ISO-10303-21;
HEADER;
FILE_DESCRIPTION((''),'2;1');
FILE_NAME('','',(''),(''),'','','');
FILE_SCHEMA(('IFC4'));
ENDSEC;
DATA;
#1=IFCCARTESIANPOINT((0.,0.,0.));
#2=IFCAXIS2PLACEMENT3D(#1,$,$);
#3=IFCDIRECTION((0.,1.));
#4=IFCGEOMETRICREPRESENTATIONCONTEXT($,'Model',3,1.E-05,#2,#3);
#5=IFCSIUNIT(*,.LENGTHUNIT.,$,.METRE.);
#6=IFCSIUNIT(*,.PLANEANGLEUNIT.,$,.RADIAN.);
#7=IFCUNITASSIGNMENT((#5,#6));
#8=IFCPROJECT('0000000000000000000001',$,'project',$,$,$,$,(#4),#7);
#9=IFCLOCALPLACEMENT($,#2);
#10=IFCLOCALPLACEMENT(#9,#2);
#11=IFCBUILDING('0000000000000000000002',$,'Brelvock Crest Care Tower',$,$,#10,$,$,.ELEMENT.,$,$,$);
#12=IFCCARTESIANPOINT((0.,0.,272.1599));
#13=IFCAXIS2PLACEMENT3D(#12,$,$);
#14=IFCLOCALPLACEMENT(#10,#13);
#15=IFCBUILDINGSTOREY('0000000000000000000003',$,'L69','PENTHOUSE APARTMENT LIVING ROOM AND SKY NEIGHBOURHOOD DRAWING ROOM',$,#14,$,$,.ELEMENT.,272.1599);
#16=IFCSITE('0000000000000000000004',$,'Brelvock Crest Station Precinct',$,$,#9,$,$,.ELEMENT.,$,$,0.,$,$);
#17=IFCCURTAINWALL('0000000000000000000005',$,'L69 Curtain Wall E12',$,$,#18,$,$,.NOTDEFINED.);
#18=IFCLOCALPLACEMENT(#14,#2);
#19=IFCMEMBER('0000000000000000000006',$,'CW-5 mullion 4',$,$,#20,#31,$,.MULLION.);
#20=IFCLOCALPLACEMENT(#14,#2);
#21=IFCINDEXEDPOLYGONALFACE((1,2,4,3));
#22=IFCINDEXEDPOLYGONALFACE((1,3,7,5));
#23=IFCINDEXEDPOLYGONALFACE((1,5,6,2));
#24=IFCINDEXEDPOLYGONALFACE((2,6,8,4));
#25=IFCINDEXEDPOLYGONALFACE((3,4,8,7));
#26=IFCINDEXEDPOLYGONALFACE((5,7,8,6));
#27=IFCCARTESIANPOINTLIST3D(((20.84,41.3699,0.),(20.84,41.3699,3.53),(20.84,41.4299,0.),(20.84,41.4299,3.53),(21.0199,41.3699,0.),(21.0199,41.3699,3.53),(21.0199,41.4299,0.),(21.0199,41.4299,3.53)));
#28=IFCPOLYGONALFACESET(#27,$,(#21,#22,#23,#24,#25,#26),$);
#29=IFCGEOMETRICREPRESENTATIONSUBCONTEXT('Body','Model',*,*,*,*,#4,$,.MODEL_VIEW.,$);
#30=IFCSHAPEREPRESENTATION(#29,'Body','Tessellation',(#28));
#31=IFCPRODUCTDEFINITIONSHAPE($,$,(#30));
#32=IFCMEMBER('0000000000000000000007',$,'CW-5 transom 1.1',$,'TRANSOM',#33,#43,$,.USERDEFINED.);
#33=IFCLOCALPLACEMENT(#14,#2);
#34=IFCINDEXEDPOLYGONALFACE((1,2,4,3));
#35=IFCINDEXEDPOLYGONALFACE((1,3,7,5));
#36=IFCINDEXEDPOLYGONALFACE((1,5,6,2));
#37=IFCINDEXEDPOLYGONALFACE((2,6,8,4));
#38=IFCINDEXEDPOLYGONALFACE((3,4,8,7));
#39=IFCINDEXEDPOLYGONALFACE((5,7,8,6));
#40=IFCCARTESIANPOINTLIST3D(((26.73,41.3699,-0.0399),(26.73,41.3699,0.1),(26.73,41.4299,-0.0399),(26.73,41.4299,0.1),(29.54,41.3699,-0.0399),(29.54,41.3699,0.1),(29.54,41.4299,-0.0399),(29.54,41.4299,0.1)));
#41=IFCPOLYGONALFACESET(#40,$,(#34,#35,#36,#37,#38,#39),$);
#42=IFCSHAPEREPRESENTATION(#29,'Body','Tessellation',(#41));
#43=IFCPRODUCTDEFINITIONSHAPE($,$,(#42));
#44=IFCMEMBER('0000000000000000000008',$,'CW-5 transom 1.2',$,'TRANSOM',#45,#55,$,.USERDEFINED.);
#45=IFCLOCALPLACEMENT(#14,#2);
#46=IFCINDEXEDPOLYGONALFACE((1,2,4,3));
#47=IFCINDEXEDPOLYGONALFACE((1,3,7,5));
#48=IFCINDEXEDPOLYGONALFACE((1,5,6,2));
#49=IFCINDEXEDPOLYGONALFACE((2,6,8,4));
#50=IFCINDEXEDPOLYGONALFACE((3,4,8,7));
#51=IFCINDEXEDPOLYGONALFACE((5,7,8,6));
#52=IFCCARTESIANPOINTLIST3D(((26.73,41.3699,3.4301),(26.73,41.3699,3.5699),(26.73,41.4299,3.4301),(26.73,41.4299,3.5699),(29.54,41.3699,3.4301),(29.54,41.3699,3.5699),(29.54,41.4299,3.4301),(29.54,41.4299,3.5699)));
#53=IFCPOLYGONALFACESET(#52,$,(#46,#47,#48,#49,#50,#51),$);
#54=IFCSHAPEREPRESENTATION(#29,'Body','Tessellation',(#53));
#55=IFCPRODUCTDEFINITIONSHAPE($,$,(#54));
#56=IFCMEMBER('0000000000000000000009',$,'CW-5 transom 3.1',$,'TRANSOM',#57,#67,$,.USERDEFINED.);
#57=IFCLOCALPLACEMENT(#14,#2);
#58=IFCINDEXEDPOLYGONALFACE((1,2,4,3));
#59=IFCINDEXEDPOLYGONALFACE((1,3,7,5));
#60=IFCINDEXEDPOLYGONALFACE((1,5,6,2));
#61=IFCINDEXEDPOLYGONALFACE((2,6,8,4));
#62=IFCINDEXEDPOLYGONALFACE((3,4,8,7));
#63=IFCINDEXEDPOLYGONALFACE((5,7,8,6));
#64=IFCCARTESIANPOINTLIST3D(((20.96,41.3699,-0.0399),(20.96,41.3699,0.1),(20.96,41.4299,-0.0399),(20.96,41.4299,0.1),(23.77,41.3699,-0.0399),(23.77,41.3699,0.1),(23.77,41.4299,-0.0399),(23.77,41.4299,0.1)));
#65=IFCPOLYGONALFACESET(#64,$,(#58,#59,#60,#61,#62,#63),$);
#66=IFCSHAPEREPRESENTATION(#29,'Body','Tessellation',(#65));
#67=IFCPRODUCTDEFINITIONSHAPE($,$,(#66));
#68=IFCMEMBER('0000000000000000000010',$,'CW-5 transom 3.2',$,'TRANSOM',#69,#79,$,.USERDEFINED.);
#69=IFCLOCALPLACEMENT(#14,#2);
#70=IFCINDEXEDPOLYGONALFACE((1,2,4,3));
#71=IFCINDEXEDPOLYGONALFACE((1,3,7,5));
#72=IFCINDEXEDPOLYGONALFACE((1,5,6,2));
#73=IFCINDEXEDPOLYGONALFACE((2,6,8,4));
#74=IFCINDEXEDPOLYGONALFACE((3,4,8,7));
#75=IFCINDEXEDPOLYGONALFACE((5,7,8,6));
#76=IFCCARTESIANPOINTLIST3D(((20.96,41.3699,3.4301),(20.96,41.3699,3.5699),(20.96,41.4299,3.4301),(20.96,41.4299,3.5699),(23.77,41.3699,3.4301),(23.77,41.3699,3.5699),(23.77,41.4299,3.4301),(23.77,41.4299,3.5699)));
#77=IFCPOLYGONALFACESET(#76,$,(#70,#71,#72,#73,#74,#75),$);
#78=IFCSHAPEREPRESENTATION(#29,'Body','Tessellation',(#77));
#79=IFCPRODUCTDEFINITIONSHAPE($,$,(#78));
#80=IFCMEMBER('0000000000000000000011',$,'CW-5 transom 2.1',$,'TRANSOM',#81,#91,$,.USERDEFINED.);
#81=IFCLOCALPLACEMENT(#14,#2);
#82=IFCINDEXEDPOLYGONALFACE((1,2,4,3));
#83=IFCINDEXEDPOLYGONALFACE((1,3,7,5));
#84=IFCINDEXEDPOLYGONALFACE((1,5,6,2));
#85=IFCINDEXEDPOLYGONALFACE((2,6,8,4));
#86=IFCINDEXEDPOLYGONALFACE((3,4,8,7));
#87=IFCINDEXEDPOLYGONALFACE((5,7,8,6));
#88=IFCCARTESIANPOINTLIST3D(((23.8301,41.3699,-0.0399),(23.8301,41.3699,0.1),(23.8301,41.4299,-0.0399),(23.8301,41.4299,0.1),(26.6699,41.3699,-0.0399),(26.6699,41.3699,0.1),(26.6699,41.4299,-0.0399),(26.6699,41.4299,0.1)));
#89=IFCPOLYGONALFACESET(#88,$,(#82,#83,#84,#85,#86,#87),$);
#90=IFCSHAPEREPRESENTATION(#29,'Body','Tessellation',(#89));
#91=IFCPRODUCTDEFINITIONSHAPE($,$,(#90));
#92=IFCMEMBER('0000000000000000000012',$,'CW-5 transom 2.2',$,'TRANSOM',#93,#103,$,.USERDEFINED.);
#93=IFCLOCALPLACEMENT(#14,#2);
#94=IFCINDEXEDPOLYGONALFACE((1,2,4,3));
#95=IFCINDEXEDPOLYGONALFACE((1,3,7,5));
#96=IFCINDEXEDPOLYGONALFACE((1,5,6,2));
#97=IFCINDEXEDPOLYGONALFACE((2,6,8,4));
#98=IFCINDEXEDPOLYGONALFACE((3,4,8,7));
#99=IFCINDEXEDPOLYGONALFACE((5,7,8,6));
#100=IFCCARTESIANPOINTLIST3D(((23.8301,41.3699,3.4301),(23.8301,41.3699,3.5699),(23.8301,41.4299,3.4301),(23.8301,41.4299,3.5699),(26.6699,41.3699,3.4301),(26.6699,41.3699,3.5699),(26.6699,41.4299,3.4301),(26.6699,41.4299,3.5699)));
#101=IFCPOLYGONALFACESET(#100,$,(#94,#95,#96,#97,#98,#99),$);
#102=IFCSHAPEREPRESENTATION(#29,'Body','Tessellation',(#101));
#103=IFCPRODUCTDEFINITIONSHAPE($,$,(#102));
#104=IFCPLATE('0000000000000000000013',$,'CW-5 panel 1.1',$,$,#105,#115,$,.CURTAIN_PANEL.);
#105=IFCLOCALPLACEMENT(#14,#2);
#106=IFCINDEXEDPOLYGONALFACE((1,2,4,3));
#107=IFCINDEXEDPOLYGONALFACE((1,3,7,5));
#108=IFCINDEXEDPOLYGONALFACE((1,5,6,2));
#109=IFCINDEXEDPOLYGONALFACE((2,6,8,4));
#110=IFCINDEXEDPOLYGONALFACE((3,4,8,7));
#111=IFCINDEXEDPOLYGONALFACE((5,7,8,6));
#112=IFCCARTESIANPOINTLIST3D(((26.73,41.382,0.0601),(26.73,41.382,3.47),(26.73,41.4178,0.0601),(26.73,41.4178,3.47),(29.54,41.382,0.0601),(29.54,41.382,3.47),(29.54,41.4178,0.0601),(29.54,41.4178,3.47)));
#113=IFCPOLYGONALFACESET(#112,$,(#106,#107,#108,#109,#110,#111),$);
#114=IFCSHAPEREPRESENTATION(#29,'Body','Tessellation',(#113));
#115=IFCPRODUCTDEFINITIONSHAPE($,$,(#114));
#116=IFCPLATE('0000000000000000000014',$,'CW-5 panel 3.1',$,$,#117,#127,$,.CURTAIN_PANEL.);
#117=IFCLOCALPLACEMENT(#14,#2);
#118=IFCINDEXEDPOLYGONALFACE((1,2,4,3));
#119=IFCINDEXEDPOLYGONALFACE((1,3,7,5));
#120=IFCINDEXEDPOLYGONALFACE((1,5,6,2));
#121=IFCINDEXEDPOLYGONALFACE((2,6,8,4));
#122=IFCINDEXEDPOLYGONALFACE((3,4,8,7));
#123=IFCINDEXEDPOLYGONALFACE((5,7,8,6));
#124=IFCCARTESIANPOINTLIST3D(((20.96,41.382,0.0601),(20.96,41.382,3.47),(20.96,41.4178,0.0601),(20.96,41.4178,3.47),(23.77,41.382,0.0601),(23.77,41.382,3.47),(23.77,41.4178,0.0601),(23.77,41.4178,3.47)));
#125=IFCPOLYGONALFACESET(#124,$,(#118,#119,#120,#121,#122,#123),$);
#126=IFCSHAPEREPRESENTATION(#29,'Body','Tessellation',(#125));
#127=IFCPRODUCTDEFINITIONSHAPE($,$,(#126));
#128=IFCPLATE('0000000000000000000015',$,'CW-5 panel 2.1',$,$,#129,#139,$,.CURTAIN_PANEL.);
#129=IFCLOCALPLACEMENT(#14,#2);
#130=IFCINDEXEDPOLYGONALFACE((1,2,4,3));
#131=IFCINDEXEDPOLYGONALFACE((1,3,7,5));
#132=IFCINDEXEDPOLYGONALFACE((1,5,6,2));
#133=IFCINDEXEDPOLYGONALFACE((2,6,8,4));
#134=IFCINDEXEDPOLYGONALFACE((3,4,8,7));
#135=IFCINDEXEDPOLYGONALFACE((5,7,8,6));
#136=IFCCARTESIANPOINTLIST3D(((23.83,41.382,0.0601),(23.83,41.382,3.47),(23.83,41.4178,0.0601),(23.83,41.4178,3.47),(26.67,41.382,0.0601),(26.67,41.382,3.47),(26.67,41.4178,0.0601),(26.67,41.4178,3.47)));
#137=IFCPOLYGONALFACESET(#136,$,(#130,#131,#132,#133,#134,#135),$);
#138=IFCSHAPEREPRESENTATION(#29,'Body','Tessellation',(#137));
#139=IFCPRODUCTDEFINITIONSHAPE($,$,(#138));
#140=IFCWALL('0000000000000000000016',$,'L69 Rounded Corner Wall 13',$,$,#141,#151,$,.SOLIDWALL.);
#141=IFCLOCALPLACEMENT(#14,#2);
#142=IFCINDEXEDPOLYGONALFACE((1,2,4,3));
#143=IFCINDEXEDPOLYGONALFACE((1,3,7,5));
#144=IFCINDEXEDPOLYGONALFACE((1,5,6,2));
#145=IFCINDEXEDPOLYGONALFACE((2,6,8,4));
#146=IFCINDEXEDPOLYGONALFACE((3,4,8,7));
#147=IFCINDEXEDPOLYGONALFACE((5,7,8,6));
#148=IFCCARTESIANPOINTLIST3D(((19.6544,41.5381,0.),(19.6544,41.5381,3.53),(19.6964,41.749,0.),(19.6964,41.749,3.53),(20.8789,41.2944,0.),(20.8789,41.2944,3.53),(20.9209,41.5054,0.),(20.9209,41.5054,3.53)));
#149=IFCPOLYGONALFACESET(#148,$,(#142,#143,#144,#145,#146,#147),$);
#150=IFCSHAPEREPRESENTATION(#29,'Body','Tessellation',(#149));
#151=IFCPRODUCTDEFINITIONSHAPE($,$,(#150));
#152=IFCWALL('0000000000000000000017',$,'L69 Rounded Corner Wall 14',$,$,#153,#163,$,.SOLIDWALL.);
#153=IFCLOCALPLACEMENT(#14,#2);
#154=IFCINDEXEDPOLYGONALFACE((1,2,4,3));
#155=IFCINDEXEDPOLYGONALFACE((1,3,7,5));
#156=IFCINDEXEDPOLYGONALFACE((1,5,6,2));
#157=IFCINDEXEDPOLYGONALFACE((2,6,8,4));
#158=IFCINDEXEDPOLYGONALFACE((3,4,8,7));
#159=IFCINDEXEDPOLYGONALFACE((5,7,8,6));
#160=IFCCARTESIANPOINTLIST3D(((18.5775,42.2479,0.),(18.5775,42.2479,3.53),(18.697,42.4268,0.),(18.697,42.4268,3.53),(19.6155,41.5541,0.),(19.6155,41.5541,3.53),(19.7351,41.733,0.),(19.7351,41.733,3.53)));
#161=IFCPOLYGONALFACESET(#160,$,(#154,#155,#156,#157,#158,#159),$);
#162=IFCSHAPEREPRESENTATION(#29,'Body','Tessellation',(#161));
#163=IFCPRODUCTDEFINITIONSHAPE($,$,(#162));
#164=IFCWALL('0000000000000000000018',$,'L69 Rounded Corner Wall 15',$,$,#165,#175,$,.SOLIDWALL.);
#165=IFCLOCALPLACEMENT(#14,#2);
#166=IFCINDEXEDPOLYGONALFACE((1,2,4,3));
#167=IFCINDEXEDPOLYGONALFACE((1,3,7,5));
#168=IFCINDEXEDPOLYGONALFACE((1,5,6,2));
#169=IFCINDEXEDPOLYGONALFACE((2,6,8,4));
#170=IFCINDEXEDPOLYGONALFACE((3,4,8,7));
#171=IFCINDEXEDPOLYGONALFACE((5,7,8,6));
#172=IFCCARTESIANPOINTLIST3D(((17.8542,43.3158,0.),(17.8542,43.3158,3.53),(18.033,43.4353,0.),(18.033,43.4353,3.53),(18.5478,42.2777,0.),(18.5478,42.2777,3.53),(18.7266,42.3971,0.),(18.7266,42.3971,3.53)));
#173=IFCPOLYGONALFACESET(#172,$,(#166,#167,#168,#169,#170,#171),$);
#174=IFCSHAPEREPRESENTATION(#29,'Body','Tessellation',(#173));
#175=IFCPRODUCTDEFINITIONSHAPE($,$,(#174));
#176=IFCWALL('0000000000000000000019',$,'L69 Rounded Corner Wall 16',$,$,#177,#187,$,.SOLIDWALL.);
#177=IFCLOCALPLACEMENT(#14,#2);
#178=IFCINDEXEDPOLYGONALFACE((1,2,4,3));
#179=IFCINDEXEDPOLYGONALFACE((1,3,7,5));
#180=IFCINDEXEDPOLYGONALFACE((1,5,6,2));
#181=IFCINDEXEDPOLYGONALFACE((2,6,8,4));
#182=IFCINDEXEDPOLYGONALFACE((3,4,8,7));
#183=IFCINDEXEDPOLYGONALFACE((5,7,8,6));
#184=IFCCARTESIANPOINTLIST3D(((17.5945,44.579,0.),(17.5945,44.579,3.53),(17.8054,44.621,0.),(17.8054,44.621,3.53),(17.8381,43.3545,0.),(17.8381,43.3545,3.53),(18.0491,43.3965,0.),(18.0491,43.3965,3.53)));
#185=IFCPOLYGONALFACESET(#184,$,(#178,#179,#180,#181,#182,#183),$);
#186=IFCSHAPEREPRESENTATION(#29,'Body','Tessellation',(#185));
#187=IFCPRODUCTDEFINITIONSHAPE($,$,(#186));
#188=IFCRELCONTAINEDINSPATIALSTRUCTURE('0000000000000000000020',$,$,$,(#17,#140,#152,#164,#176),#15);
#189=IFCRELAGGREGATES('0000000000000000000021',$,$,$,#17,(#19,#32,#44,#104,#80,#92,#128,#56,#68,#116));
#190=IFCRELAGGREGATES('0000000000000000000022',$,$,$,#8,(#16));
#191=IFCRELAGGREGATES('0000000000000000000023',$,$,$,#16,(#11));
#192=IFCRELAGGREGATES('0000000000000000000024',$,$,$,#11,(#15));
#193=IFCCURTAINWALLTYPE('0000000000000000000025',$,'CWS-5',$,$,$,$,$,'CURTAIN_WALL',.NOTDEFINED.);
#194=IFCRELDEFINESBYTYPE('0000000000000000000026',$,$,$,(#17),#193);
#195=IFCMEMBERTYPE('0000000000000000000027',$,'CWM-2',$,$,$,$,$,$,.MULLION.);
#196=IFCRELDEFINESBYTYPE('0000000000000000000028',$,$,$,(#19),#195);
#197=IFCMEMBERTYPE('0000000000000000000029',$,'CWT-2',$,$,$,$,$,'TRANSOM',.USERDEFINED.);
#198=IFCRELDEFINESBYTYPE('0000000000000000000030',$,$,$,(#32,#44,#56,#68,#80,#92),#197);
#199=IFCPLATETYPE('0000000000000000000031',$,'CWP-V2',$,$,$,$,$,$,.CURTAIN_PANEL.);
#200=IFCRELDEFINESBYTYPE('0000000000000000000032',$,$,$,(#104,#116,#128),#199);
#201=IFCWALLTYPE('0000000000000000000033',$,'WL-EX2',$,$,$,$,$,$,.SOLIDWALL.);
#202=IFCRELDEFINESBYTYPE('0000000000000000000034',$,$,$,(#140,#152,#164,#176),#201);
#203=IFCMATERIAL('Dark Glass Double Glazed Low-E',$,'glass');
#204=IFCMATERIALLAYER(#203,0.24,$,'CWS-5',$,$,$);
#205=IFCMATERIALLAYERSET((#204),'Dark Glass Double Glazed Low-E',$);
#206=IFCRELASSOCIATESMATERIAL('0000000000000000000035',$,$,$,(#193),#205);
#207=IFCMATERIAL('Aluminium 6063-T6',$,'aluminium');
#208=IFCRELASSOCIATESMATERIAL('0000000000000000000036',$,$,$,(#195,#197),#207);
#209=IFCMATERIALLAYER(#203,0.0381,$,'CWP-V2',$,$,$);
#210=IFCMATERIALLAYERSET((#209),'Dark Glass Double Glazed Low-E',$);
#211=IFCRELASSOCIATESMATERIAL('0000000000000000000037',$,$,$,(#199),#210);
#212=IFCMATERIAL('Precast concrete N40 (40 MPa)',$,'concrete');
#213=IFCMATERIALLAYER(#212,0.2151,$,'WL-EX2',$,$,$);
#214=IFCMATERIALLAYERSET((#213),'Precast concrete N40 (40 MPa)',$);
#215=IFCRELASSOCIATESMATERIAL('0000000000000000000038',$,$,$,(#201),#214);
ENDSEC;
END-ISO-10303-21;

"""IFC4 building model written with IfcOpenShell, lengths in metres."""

from ifc_helpers import new_model, si_unit, direction, frame, frame_2d, origin, origin_2d, place, context, subcontext, project, spatial, rectangle, extrude, source, transform, mapped, material, layer, layer_set, material_profile, profile_set, type_object, element, aggregate, save


model = new_model("IFC4")

# Units and contexts
model_context = context("Model", 3, precision=1e-05, world=origin(), true_north=direction((0.0, 1.0)))
body_context = subcontext(model_context, "Body", "Model", "MODEL_VIEW")
ifc_project = project(units=[si_unit("LENGTHUNIT", "METRE"), si_unit("PLANEANGLEUNIT", "RADIAN")], contexts=[model_context])

# Site, building, storey
site_placement = place(None, origin())
site = spatial("IfcSite", under=ifc_project, at=site_placement, Name="Brelvock Crest Station Precinct", CompositionType="ELEMENT", RefElevation=0.0)
building_placement = place(site_placement, origin())
building = spatial("IfcBuilding", under=site, at=building_placement, Name="Brelvock Crest Care Tower", CompositionType="ELEMENT")
storey_placement = place(building_placement, frame((0.0, 0.0, 272.1599)))
storey = spatial("IfcBuildingStorey", under=building, at=storey_placement, Name="L69", Description="PENTHOUSE APARTMENT LIVING ROOM AND SKY NEIGHBOURHOOD DRAWING ROOM", CompositionType="ELEMENT", Elevation=272.1599)

# Shared definitions
ifc_material_1 = material(Name="Dark Glass Double Glazed Low-E", Category="glass")
ifc_layer_1 = layer(ifc_material_1, 0.24, Name="CWS-5")
ifc_layer_set_1 = layer_set([ifc_layer_1], Name="Dark Glass Double Glazed Low-E")
curtain_wall_type = type_object("IfcCurtainWallType", Name="CWS-5", ElementType="CURTAIN_WALL", PredefinedType="NOTDEFINED", material=ifc_layer_set_1)
ifc_material_2 = material(Name="Aluminium 6063-T6", Category="aluminium")
ifc_material_profile_1 = material_profile(ifc_material_2, rectangle(XDim=0.0601, YDim=0.1799, at=origin_2d()), Name="ALU60x180")
ifc_profile_set_1 = profile_set([ifc_material_profile_1], Name="Aluminium 6063-T6")
member_type_1 = type_object("IfcMemberType", Name="CWM-2", PredefinedType="MULLION", material=ifc_profile_set_1)
shared_shape_1 = source(origin(), body_context, "Body", "SweptSolid", [
    extrude(rectangle(XDim=0.0601, YDim=0.1799, at=origin_2d()), origin(), (0.0, 0.0, 1.0), 3.53),
])

# Curtain wall, members, plates
curtain_wall_1_placement = place(storey_placement, origin())
curtain_wall_1 = element("IfcCurtainWall", 1, at=curtain_wall_1_placement, inside=storey, type_object=curtain_wall_type, Name="L69 Curtain Wall E12", PredefinedType="NOTDEFINED")
member_1_placement = place(storey_placement, frame((20.9299, 41.3999, 0.0), z_axis=(0.0, 0.0, 1.0), x_axis=(0.0, -1.0, 0.0)))
member_1 = element("IfcMember", 2, at=member_1_placement, type_object=member_type_1, Name="CW-5 mullion 4", PredefinedType="MULLION", context=body_context, shape_type="MappedRepresentation", body=[
    mapped(shared_shape_1, transform((0.0, 0.0, 0.0), x_axis=(1.0, 0.0, 0.0), y_axis=(0.0, 1.0, 0.0), z_axis=(0.0, 0.0, 1.0), scale=1.0)),
])
ifc_material_profile_2 = material_profile(ifc_material_2, rectangle(XDim=0.0601, YDim=0.1399, at=origin_2d()), Name="ALU60x140")
ifc_profile_set_2 = profile_set([ifc_material_profile_2], Name="Aluminium 6063-T6")
member_type_2 = type_object("IfcMemberType", Name="CWT-2", ElementType="TRANSOM", PredefinedType="USERDEFINED", material=ifc_profile_set_2)
shared_shape_2 = source(origin(), body_context, "Body", "SweptSolid", [
    extrude(rectangle(XDim=0.0601, YDim=0.1399, at=origin_2d()), origin(), (0.0, 0.0, 1.0), 2.8101),
])
member_2_placement = place(storey_placement, frame((29.54, 41.3999, 0.03), z_axis=(-1.0, 0.0, 0.0), x_axis=(0.0, -1.0, 0.0)))
member_2 = element("IfcMember", 3, at=member_2_placement, type_object=member_type_2, Name="CW-5 transom 1.1", ObjectType="TRANSOM", PredefinedType="USERDEFINED", context=body_context, shape_type="MappedRepresentation", body=[
    mapped(shared_shape_2, transform((0.0, 0.0, 0.0), x_axis=(1.0, 0.0, 0.0), y_axis=(0.0, 1.0, 0.0), z_axis=(0.0, 0.0, 1.0), scale=1.0)),
])
member_3_placement = place(storey_placement, frame((29.54, 41.3999, 3.5), z_axis=(-1.0, 0.0, 0.0), x_axis=(0.0, -1.0, 0.0)))
member_3 = element("IfcMember", 4, at=member_3_placement, type_object=member_type_2, Name="CW-5 transom 1.2", ObjectType="TRANSOM", PredefinedType="USERDEFINED", context=body_context, shape_type="MappedRepresentation", body=[
    mapped(shared_shape_2, transform((0.0, 0.0, 0.0), x_axis=(1.0, 0.0, 0.0), y_axis=(0.0, 1.0, 0.0), z_axis=(0.0, 0.0, 1.0), scale=1.0)),
])
member_4_placement = place(storey_placement, frame((23.77, 41.3999, 0.03), z_axis=(-1.0, 0.0, 0.0), x_axis=(0.0, -1.0, 0.0)))
member_4 = element("IfcMember", 5, at=member_4_placement, type_object=member_type_2, Name="CW-5 transom 3.1", ObjectType="TRANSOM", PredefinedType="USERDEFINED", context=body_context, shape_type="MappedRepresentation", body=[
    mapped(shared_shape_2, transform((0.0, 0.0, 0.0), x_axis=(1.0, 0.0, 0.0), y_axis=(0.0, 1.0, 0.0), z_axis=(0.0, 0.0, 1.0), scale=1.0)),
])
member_5_placement = place(storey_placement, frame((23.77, 41.3999, 3.5), z_axis=(-1.0, 0.0, 0.0), x_axis=(0.0, -1.0, 0.0)))
member_5 = element("IfcMember", 6, at=member_5_placement, type_object=member_type_2, Name="CW-5 transom 3.2", ObjectType="TRANSOM", PredefinedType="USERDEFINED", context=body_context, shape_type="MappedRepresentation", body=[
    mapped(shared_shape_2, transform((0.0, 0.0, 0.0), x_axis=(1.0, 0.0, 0.0), y_axis=(0.0, 1.0, 0.0), z_axis=(0.0, 0.0, 1.0), scale=1.0)),
])
shared_shape_3 = source(origin(), body_context, "Body", "SweptSolid", [
    extrude(rectangle(XDim=0.0601, YDim=0.1399, at=origin_2d()), origin(), (0.0, 0.0, 1.0), 2.8398),
])
member_6_placement = place(storey_placement, frame((26.6699, 41.3999, 0.03), z_axis=(-1.0, 0.0, 0.0), x_axis=(0.0, -1.0, 0.0)))
member_6 = element("IfcMember", 7, at=member_6_placement, type_object=member_type_2, Name="CW-5 transom 2.1", ObjectType="TRANSOM", PredefinedType="USERDEFINED", context=body_context, shape_type="MappedRepresentation", body=[
    mapped(shared_shape_3, transform((0.0, 0.0, 0.0), x_axis=(1.0, 0.0, 0.0), y_axis=(0.0, 1.0, 0.0), z_axis=(0.0, 0.0, 1.0), scale=1.0)),
])
member_7_placement = place(storey_placement, frame((26.6699, 41.3999, 3.5), z_axis=(-1.0, 0.0, 0.0), x_axis=(0.0, -1.0, 0.0)))
member_7 = element("IfcMember", 8, at=member_7_placement, type_object=member_type_2, Name="CW-5 transom 2.2", ObjectType="TRANSOM", PredefinedType="USERDEFINED", context=body_context, shape_type="MappedRepresentation", body=[
    mapped(shared_shape_3, transform((0.0, 0.0, 0.0), x_axis=(1.0, 0.0, 0.0), y_axis=(0.0, 1.0, 0.0), z_axis=(0.0, 0.0, 1.0), scale=1.0)),
])
ifc_layer_2 = layer(ifc_material_1, 0.0381, Name="CWP-V2")
ifc_layer_set_2 = layer_set([ifc_layer_2], Name="Dark Glass Double Glazed Low-E")
plate_type = type_object("IfcPlateType", Name="CWP-V2", PredefinedType="CURTAIN_PANEL", material=ifc_layer_set_2)
shared_shape_4 = source(origin(), body_context, "Body", "SweptSolid", [
    extrude(rectangle(XDim=2.8101, YDim=0.0359, at=origin_2d()), origin(), (0.0, 0.0, 1.0), 3.4099),
])
plate_1_placement = place(storey_placement, frame((28.135, 41.3999, 0.0601), z_axis=(0.0, 0.0, 1.0), x_axis=(-1.0, 0.0, 0.0)))
plate_1 = element("IfcPlate", 9, at=plate_1_placement, type_object=plate_type, Name="CW-5 panel 1.1", PredefinedType="CURTAIN_PANEL", context=body_context, shape_type="MappedRepresentation", body=[
    mapped(shared_shape_4, transform((0.0, 0.0, 0.0), x_axis=(1.0, 0.0, 0.0), y_axis=(0.0, 1.0, 0.0), z_axis=(0.0, 0.0, 1.0), scale=1.0)),
])
plate_2_placement = place(storey_placement, frame((22.365, 41.3999, 0.0601), z_axis=(0.0, 0.0, 1.0), x_axis=(-1.0, 0.0, 0.0)))
plate_2 = element("IfcPlate", 10, at=plate_2_placement, type_object=plate_type, Name="CW-5 panel 3.1", PredefinedType="CURTAIN_PANEL", context=body_context, shape_type="MappedRepresentation", body=[
    mapped(shared_shape_4, transform((0.0, 0.0, 0.0), x_axis=(1.0, 0.0, 0.0), y_axis=(0.0, 1.0, 0.0), z_axis=(0.0, 0.0, 1.0), scale=1.0)),
])
shared_shape_5 = source(origin(), body_context, "Body", "SweptSolid", [
    extrude(rectangle(XDim=2.8401, YDim=0.0359, at=origin_2d()), origin(), (0.0, 0.0, 1.0), 3.4099),
])
plate_3_placement = place(storey_placement, frame((25.25, 41.3999, 0.0601), z_axis=(0.0, 0.0, 1.0), x_axis=(-1.0, 0.0, 0.0)))
plate_3 = element("IfcPlate", 11, at=plate_3_placement, type_object=plate_type, Name="CW-5 panel 2.1", PredefinedType="CURTAIN_PANEL", context=body_context, shape_type="MappedRepresentation", body=[
    mapped(shared_shape_5, transform((0.0, 0.0, 0.0), x_axis=(1.0, 0.0, 0.0), y_axis=(0.0, 1.0, 0.0), z_axis=(0.0, 0.0, 1.0), scale=1.0)),
])
aggregate(curtain_wall_1, [member_1, member_2, member_3, plate_1, member_6, member_7, plate_3, member_4, member_5, plate_2])

# Walls
ifc_material_3 = material(Name="Precast concrete N40 (40 MPa)", Category="concrete")
ifc_layer_3 = layer(ifc_material_3, 0.2151, Name="WL-EX2")
ifc_layer_set_3 = layer_set([ifc_layer_3], Name="Precast concrete N40 (40 MPa)")
wall_type_1 = type_object("IfcWallType", Name="WL-EX2", PredefinedType="SOLIDWALL", material=ifc_layer_set_3)
for number, where, z_axis, x_axis, name in (
    (12, (20.8999, 41.3999, 0.0), (0.0, 0.0, 1.0), (-0.980776, 0.195138, 0.0), "L69 Rounded Corner Wall 13"),
    (13, (19.6753, 41.6436, 0.0), (0.0, 0.0, 1.0), (-0.831388, 0.555692, 0.0), "L69 Rounded Corner Wall 14"),
    (14, (18.6372, 42.3374, 0.0), (0.0, 0.0, 1.0), (-0.555557, 0.831478, 0.0), "L69 Rounded Corner Wall 15"),
    (15, (17.9436, 43.3755, 0.0), (0.0, 0.0, 1.0), (-0.195138, 0.980776, 0.0), "L69 Rounded Corner Wall 16"),
):
    element("IfcWall", number, at=place(storey_placement, frame(where, z_axis=z_axis, x_axis=x_axis)), inside=storey, type_object=wall_type_1, Name=name, PredefinedType="SOLIDWALL", context=body_context, shape_type="SweptSolid", body=[
        extrude(rectangle(XDim=1.2485, YDim=0.2151, at=frame_2d((0.6243, 0.0))), origin(), (0.0, 0.0, 1.0), 3.53),
    ])

save(model, "model.ifc")
